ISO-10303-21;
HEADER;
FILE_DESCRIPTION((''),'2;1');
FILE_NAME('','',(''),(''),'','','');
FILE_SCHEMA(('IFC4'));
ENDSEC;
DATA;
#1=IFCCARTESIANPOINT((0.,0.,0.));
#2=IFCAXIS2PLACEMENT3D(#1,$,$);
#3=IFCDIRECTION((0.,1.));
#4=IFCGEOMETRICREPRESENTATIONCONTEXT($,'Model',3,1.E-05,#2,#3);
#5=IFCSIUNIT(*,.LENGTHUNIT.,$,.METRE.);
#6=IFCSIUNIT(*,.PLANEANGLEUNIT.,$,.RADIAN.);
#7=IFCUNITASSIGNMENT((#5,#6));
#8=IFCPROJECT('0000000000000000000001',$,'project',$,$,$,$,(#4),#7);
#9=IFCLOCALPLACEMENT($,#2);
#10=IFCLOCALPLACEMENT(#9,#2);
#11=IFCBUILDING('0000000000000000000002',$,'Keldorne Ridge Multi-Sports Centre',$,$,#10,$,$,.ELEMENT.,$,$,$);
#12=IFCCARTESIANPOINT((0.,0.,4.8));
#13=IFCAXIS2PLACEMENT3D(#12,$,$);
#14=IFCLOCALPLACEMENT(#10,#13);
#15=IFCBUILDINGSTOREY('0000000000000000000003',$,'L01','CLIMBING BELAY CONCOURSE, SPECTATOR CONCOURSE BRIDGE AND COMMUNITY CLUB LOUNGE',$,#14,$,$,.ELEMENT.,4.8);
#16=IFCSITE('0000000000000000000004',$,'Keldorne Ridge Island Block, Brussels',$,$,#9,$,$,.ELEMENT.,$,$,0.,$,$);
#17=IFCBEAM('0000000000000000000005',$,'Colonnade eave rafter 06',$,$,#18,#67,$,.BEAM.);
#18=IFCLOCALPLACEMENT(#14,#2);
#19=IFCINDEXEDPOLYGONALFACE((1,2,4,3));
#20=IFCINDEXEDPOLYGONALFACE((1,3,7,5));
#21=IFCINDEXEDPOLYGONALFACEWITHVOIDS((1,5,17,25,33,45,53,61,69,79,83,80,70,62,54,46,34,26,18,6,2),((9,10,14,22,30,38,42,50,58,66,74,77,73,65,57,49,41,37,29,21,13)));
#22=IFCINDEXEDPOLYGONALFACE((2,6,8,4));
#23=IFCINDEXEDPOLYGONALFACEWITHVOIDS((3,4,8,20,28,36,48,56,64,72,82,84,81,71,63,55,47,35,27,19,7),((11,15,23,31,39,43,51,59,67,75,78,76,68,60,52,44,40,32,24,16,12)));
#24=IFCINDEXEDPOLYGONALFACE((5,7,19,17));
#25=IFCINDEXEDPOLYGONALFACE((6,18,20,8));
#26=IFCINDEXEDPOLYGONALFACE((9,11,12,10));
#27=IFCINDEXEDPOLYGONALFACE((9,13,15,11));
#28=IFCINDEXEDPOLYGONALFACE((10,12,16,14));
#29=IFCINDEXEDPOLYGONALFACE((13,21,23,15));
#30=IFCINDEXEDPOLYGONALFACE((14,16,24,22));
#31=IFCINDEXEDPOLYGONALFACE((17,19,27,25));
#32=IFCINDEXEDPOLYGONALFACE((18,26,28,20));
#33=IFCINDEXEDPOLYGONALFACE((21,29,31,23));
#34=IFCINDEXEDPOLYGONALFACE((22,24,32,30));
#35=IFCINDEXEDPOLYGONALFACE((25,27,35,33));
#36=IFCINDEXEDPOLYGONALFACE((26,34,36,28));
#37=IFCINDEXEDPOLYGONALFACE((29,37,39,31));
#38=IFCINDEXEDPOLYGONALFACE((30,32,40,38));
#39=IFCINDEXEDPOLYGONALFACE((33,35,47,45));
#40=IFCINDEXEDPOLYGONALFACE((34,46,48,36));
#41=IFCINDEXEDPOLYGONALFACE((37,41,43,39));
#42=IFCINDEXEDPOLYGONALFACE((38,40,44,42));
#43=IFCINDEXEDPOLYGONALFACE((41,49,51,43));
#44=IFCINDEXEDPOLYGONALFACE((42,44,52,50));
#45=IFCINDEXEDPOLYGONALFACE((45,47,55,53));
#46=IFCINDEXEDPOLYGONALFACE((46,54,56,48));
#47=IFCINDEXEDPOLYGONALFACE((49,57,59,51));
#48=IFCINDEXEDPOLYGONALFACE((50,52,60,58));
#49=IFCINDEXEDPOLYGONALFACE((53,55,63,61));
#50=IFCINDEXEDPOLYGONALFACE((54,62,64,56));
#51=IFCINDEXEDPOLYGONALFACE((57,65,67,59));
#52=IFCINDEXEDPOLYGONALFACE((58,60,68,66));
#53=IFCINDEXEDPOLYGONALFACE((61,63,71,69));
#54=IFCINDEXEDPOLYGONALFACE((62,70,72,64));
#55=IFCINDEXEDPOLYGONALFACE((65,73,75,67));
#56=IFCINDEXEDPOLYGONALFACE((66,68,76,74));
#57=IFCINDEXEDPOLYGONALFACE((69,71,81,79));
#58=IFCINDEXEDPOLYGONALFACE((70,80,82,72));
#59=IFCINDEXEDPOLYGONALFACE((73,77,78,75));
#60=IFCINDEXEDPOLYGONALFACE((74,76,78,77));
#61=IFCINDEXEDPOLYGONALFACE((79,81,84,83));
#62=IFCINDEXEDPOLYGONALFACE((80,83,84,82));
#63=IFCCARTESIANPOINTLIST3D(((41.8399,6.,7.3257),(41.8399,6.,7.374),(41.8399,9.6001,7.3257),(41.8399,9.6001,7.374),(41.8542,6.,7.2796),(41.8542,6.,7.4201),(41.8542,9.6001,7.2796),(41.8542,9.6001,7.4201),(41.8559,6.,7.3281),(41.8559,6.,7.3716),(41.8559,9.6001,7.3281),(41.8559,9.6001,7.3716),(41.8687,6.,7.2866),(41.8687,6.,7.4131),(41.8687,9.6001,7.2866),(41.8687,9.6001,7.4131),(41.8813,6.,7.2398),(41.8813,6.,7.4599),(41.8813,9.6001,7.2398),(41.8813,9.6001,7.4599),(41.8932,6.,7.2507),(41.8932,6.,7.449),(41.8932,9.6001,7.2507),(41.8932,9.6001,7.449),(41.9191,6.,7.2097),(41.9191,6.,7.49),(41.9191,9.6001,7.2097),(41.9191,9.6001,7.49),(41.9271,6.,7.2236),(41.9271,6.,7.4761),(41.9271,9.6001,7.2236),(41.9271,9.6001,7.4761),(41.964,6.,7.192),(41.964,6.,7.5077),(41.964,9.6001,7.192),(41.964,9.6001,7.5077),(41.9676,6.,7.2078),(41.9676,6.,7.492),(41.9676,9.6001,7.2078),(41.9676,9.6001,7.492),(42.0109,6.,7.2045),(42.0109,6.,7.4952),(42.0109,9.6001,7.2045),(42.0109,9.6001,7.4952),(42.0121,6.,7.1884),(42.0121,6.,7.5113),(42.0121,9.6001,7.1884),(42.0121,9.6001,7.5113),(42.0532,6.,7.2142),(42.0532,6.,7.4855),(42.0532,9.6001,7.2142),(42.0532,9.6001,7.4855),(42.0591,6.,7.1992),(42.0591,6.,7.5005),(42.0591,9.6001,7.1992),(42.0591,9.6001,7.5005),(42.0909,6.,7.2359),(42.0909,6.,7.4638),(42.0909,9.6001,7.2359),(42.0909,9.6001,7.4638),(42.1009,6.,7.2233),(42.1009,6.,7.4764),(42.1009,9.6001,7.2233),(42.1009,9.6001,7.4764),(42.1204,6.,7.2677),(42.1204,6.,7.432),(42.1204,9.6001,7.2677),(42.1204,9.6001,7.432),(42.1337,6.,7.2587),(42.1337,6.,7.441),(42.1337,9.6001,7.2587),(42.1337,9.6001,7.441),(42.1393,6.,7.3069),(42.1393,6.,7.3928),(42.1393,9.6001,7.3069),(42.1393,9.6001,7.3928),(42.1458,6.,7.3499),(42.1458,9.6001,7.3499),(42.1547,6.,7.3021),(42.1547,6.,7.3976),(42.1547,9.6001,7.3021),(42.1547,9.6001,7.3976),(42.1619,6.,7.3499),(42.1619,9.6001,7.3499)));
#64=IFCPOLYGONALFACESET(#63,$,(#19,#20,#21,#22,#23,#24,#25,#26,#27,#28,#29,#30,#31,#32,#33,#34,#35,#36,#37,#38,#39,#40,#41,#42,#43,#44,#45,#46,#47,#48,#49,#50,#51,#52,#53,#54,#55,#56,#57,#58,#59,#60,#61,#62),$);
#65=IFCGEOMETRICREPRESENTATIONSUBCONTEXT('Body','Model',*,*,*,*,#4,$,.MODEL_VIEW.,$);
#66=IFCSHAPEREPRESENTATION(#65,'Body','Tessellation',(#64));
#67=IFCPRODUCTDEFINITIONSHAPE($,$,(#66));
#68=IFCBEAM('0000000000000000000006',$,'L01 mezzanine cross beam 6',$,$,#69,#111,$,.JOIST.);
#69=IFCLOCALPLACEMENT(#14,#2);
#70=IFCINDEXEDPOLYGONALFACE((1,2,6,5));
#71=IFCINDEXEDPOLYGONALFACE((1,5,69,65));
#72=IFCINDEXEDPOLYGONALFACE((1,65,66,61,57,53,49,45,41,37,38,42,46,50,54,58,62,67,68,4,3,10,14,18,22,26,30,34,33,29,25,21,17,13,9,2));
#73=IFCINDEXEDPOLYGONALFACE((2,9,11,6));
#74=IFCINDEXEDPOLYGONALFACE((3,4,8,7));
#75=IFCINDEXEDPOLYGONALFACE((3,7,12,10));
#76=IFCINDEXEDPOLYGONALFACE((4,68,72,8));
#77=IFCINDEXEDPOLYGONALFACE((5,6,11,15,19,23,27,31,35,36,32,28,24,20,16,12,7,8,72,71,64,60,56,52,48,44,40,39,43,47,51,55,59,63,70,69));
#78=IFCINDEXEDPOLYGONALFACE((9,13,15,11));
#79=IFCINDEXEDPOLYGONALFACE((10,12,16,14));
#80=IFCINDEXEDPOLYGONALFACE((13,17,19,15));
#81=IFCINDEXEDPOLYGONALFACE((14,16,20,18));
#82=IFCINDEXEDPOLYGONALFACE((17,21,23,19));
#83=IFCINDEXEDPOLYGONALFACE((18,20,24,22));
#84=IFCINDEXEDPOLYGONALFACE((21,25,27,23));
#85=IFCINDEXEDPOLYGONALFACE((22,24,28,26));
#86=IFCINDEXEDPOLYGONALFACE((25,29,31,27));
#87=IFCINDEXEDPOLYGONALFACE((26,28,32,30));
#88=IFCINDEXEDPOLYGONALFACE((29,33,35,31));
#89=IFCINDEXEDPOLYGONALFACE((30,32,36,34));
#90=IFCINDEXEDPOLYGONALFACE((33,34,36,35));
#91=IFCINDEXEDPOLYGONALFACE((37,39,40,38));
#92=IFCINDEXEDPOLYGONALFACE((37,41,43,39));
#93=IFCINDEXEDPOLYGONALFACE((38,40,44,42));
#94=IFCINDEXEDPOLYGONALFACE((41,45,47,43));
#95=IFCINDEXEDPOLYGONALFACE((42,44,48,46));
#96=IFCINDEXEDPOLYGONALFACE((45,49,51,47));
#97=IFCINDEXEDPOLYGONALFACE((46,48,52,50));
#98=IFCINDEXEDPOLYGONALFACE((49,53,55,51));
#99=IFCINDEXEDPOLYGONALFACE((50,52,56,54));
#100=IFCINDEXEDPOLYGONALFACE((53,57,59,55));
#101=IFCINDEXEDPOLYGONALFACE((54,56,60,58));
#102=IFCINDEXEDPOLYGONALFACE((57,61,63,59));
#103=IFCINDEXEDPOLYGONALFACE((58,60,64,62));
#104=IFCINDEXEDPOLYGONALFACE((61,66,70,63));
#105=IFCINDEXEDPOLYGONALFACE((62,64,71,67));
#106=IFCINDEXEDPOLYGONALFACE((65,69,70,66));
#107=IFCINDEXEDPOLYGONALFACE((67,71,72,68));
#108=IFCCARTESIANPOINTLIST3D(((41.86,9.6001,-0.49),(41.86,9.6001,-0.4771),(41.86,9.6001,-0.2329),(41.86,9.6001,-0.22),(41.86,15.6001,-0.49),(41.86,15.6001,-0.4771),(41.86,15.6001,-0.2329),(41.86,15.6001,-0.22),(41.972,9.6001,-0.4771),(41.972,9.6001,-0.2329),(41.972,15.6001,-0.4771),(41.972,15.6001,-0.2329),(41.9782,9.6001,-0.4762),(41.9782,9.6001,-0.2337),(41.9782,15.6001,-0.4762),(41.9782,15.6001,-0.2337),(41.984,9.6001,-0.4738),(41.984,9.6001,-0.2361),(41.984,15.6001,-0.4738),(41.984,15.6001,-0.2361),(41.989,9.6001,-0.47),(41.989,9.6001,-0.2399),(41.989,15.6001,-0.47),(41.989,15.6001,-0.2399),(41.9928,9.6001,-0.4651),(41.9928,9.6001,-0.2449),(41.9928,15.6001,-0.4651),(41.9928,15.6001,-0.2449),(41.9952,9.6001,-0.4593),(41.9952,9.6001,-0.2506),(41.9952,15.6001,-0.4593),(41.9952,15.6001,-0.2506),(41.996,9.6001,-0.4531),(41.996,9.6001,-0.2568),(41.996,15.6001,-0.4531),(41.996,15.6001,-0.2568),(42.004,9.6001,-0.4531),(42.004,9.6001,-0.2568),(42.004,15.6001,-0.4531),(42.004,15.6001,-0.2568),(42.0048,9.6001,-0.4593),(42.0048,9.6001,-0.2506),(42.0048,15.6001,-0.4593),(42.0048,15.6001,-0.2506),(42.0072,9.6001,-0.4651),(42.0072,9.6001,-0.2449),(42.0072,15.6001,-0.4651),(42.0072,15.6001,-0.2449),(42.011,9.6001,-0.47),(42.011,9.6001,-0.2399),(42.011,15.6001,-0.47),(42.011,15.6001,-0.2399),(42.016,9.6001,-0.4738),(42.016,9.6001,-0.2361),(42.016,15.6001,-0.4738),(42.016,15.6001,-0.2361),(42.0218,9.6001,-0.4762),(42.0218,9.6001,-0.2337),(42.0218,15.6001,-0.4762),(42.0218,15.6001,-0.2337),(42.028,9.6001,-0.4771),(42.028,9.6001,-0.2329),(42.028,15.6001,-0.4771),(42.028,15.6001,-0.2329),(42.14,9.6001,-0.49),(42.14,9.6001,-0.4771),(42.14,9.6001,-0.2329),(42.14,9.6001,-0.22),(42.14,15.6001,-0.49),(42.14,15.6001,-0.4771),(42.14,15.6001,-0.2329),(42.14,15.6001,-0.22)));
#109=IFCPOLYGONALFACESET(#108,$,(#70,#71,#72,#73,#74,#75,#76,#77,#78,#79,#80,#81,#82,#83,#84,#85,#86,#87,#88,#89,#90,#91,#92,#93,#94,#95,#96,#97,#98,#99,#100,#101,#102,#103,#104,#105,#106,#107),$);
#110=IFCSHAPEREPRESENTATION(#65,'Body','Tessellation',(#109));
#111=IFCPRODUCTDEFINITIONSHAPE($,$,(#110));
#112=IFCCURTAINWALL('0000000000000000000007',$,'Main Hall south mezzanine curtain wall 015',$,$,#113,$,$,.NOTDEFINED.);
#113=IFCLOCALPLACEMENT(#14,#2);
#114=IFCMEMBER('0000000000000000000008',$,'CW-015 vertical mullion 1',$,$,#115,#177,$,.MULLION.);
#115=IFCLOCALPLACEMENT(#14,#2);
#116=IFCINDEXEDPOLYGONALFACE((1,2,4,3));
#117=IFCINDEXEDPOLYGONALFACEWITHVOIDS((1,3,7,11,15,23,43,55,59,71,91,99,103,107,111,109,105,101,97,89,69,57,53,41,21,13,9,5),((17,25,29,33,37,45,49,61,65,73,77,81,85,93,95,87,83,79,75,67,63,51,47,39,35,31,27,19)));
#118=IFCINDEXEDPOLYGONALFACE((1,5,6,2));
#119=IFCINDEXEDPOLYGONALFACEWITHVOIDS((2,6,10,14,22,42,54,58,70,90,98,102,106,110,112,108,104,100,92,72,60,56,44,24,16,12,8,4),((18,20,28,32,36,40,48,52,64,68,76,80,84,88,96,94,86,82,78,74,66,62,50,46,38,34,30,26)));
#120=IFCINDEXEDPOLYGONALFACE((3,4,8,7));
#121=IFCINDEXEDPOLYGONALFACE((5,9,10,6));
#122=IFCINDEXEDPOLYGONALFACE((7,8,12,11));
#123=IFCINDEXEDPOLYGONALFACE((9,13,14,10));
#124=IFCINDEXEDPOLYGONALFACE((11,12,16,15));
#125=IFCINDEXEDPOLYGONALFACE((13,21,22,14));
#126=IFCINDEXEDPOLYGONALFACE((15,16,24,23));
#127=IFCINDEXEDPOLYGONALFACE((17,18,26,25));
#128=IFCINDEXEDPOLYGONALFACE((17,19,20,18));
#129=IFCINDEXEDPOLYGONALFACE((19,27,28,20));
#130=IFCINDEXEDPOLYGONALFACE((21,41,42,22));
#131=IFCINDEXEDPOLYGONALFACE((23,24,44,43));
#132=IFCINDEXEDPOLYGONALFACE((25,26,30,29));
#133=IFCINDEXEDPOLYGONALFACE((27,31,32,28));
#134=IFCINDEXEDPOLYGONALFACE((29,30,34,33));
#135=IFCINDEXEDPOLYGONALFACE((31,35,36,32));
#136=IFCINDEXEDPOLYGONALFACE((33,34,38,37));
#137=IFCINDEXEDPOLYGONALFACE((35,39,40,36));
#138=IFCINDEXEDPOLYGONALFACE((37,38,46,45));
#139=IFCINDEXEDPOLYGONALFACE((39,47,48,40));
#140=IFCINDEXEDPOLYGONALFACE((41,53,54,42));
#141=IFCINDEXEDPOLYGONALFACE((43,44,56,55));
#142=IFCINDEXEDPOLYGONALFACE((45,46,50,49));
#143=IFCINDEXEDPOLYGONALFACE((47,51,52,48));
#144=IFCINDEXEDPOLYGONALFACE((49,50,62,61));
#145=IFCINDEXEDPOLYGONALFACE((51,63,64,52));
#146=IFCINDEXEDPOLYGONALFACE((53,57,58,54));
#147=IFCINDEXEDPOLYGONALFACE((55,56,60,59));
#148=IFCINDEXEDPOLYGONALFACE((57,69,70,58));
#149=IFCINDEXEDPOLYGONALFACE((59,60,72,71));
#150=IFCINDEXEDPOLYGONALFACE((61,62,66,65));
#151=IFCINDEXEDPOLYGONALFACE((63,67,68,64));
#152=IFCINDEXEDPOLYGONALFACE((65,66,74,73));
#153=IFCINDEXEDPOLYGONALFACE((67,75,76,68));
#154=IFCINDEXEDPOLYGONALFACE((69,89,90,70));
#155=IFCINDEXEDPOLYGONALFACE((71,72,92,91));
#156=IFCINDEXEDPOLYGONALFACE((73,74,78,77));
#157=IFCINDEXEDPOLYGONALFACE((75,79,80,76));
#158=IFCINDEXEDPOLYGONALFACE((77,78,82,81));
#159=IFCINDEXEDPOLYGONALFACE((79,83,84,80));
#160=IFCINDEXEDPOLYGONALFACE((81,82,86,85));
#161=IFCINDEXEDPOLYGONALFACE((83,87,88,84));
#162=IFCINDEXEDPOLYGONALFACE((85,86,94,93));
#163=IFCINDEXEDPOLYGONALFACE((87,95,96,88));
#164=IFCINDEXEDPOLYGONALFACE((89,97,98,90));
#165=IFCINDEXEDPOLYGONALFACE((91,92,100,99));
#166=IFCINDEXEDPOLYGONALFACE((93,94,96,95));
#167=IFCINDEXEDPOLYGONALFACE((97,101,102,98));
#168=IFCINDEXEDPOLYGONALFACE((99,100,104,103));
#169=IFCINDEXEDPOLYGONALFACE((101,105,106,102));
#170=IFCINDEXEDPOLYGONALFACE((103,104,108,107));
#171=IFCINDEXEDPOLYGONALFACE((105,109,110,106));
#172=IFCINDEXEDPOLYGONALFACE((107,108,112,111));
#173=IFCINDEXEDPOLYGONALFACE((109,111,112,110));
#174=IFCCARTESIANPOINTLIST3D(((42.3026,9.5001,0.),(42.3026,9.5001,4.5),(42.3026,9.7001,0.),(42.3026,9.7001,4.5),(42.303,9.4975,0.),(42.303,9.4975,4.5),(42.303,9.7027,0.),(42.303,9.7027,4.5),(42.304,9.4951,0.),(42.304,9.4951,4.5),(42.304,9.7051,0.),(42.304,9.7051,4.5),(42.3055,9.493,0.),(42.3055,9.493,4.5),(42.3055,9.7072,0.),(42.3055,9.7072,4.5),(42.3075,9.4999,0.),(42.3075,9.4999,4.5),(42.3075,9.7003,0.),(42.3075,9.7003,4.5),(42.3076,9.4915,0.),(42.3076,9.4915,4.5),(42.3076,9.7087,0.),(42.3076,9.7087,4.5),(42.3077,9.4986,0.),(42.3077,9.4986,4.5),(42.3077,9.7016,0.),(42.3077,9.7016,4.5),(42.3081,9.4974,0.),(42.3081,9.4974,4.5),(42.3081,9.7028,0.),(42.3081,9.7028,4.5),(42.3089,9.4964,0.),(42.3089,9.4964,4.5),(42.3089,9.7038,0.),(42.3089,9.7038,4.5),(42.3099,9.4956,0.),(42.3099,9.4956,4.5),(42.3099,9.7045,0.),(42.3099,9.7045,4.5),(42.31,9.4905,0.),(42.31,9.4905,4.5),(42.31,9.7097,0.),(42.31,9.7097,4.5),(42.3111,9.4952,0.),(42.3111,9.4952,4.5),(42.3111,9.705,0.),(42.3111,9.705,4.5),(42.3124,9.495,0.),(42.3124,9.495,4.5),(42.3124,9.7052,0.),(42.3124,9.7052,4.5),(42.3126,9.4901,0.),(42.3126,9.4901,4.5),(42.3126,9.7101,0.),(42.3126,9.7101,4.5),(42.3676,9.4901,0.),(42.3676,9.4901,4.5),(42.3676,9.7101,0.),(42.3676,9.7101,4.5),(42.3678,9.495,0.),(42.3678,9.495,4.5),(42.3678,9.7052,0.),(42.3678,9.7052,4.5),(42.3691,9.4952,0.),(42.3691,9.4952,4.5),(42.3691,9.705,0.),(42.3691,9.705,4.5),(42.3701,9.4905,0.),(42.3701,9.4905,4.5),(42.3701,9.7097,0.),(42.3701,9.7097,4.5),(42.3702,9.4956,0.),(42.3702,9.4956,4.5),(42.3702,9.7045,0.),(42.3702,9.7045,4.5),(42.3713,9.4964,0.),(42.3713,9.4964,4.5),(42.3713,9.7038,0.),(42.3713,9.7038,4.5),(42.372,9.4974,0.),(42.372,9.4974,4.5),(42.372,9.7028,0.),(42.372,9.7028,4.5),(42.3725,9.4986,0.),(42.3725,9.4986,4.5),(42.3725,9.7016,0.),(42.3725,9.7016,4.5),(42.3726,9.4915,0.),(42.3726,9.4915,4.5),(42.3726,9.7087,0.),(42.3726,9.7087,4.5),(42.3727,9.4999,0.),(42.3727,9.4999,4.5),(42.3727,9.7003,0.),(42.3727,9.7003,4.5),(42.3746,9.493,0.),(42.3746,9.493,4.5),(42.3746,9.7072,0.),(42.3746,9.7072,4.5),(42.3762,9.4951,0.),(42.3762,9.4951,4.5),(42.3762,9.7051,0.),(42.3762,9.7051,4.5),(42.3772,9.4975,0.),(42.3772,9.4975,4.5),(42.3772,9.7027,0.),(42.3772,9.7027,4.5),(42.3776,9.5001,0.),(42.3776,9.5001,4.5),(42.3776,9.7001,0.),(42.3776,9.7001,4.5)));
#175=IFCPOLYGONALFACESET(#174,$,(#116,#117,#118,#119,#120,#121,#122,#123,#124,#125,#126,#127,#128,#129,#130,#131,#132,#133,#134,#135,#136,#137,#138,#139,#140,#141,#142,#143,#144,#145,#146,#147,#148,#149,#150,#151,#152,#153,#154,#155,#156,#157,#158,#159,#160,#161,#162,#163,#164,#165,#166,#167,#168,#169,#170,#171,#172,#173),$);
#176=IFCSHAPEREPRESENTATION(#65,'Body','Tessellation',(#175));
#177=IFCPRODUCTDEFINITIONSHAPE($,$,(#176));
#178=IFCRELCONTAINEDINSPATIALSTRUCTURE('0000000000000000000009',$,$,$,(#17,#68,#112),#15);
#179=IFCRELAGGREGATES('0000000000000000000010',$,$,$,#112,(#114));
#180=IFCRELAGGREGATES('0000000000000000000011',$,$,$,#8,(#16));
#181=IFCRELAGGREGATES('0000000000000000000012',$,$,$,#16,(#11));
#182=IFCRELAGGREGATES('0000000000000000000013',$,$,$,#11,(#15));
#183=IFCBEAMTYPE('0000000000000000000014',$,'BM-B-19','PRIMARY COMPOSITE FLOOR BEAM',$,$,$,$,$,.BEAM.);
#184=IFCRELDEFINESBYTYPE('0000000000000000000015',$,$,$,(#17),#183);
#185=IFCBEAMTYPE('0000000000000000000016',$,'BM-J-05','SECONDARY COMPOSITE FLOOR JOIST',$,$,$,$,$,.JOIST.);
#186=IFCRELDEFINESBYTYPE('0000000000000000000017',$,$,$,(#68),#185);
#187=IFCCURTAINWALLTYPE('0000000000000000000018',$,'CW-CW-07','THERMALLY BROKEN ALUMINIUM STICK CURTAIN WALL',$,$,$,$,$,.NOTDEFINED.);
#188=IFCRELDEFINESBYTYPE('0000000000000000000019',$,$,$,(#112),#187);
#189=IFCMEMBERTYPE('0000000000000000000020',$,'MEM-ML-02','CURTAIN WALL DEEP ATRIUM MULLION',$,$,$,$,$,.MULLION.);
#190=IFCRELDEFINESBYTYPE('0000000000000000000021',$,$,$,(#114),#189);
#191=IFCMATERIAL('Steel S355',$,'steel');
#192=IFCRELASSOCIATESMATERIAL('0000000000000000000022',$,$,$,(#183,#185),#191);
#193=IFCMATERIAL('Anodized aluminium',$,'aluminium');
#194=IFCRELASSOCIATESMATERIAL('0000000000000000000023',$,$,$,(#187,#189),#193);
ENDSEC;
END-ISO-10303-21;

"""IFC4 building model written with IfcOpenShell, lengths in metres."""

from ifc_helpers import new_model, si_unit, direction, frame, origin, origin_2d, place, context, subcontext, project, spatial, hollow_rectangle, hollow_circle, i_section, extrude, material, material_profile, profile_set, type_object, element, aggregate, save


model = new_model("IFC4")

# Units and contexts
model_context = context("Model", 3, precision=1e-05, world=origin(), true_north=direction((0.0, 1.0)))
body_context = subcontext(model_context, "Body", "Model", "MODEL_VIEW")
ifc_project = project(units=[si_unit("LENGTHUNIT", "METRE"), si_unit("PLANEANGLEUNIT", "RADIAN")], contexts=[model_context])

# Site, building, storey
site_placement = place(None, origin())
site = spatial("IfcSite", under=ifc_project, at=site_placement, Name="Keldorne Ridge Island Block, Brussels", CompositionType="ELEMENT", RefElevation=0.0)
building_placement = place(site_placement, origin())
building = spatial("IfcBuilding", under=site, at=building_placement, Name="Keldorne Ridge Multi-Sports Centre", CompositionType="ELEMENT")
storey_placement = place(building_placement, frame((0.0, 0.0, 4.8)))
storey = spatial("IfcBuildingStorey", under=building, at=storey_placement, Name="L01", Description="CLIMBING BELAY CONCOURSE, SPECTATOR CONCOURSE BRIDGE AND COMMUNITY CLUB LOUNGE", CompositionType="ELEMENT", Elevation=4.8)

# Shared definitions
ifc_material_1 = material(Name="Steel S355", Category="steel")

# Beams
ifc_material_profile_1 = material_profile(ifc_material_1, hollow_circle(Radius=0.1619, WallThickness=0.0161, at=origin_2d()), Name="CHS 323.9x16")
ifc_profile_set_1 = profile_set([ifc_material_profile_1], Name="Steel S355")
beam_type_1 = type_object("IfcBeamType", Name="BM-B-19", Description="PRIMARY COMPOSITE FLOOR BEAM", PredefinedType="BEAM", material=ifc_profile_set_1)
beam_1_placement = place(storey_placement, frame((42.0, 9.6001, 7.3499), z_axis=(0.0, -1.0, 0.0), x_axis=(1.0, 0.0, 0.0)))
element("IfcBeam", 1, at=beam_1_placement, inside=storey, type_object=beam_type_1, Name="Colonnade eave rafter 06", PredefinedType="BEAM", context=body_context, shape_type="SweptSolid", body=[
    extrude(hollow_circle(Radius=0.1619, WallThickness=0.0161, at=origin_2d()), origin(), (0.0, 0.0, 1.0), 3.6001),
])
ifc_material_profile_2 = material_profile(ifc_material_1, i_section(OverallWidth=0.28, OverallDepth=0.27, WebThickness=0.0081, FlangeThickness=0.0129, FilletRadius=0.0239, at=origin_2d()), Name="HEA 280")
ifc_profile_set_2 = profile_set([ifc_material_profile_2], Name="Steel S355")
beam_type_2 = type_object("IfcBeamType", Name="BM-J-05", Description="SECONDARY COMPOSITE FLOOR JOIST", PredefinedType="JOIST", material=ifc_profile_set_2)
beam_2_placement = place(storey_placement, frame((42.0, 9.6001, -0.355), z_axis=(0.0, 1.0, 0.0), x_axis=(-1.0, 0.0, 0.0)))
element("IfcBeam", 2, at=beam_2_placement, inside=storey, type_object=beam_type_2, Name="L01 mezzanine cross beam 6", PredefinedType="JOIST", context=body_context, shape_type="SweptSolid", body=[
    extrude(i_section(OverallWidth=0.28, OverallDepth=0.27, WebThickness=0.0081, FlangeThickness=0.0129, FilletRadius=0.0239, at=origin_2d()), origin(), (0.0, 0.0, 1.0), 6.0),
])

# Curtain wall, member
ifc_material_2 = material(Name="Anodized aluminium", Category="aluminium")
curtain_wall_type = type_object("IfcCurtainWallType", Name="CW-CW-07", Description="THERMALLY BROKEN ALUMINIUM STICK CURTAIN WALL", PredefinedType="NOTDEFINED", material=ifc_material_2)
curtain_wall_placement = place(storey_placement, origin())
curtain_wall = element("IfcCurtainWall", 3, at=curtain_wall_placement, inside=storey, type_object=curtain_wall_type, Name="Main Hall south mezzanine curtain wall 015", PredefinedType="NOTDEFINED")
ifc_material_profile_3 = material_profile(ifc_material_2, hollow_rectangle(XDim=0.075, YDim=0.22, WallThickness=0.0049, InnerFilletRadius=0.0049, OuterFilletRadius=0.01, at=origin_2d()), Name="ALU MULLION 220x75x5")
ifc_profile_set_3 = profile_set([ifc_material_profile_3], Name="Anodized aluminium")
member_type_1 = type_object("IfcMemberType", Name="MEM-ML-02", Description="CURTAIN WALL DEEP ATRIUM MULLION", PredefinedType="MULLION", material=ifc_profile_set_3)
member_1_placement = place(storey_placement, frame((42.3401, 9.6001, 0.0), z_axis=(0.0, 0.0, 1.0), x_axis=(1.0, 0.0, 0.0)))
member_1 = element("IfcMember", 4, at=member_1_placement, type_object=member_type_1, Name="CW-015 vertical mullion 1", PredefinedType="MULLION", context=body_context, shape_type="SweptSolid", body=[
    extrude(hollow_rectangle(XDim=0.075, YDim=0.22, WallThickness=0.0049, InnerFilletRadius=0.0049, OuterFilletRadius=0.01, at=origin_2d()), origin(), (0.0, 0.0, 1.0), 4.5),
])
aggregate(curtain_wall, [member_1])

save(model, "model.ifc")
